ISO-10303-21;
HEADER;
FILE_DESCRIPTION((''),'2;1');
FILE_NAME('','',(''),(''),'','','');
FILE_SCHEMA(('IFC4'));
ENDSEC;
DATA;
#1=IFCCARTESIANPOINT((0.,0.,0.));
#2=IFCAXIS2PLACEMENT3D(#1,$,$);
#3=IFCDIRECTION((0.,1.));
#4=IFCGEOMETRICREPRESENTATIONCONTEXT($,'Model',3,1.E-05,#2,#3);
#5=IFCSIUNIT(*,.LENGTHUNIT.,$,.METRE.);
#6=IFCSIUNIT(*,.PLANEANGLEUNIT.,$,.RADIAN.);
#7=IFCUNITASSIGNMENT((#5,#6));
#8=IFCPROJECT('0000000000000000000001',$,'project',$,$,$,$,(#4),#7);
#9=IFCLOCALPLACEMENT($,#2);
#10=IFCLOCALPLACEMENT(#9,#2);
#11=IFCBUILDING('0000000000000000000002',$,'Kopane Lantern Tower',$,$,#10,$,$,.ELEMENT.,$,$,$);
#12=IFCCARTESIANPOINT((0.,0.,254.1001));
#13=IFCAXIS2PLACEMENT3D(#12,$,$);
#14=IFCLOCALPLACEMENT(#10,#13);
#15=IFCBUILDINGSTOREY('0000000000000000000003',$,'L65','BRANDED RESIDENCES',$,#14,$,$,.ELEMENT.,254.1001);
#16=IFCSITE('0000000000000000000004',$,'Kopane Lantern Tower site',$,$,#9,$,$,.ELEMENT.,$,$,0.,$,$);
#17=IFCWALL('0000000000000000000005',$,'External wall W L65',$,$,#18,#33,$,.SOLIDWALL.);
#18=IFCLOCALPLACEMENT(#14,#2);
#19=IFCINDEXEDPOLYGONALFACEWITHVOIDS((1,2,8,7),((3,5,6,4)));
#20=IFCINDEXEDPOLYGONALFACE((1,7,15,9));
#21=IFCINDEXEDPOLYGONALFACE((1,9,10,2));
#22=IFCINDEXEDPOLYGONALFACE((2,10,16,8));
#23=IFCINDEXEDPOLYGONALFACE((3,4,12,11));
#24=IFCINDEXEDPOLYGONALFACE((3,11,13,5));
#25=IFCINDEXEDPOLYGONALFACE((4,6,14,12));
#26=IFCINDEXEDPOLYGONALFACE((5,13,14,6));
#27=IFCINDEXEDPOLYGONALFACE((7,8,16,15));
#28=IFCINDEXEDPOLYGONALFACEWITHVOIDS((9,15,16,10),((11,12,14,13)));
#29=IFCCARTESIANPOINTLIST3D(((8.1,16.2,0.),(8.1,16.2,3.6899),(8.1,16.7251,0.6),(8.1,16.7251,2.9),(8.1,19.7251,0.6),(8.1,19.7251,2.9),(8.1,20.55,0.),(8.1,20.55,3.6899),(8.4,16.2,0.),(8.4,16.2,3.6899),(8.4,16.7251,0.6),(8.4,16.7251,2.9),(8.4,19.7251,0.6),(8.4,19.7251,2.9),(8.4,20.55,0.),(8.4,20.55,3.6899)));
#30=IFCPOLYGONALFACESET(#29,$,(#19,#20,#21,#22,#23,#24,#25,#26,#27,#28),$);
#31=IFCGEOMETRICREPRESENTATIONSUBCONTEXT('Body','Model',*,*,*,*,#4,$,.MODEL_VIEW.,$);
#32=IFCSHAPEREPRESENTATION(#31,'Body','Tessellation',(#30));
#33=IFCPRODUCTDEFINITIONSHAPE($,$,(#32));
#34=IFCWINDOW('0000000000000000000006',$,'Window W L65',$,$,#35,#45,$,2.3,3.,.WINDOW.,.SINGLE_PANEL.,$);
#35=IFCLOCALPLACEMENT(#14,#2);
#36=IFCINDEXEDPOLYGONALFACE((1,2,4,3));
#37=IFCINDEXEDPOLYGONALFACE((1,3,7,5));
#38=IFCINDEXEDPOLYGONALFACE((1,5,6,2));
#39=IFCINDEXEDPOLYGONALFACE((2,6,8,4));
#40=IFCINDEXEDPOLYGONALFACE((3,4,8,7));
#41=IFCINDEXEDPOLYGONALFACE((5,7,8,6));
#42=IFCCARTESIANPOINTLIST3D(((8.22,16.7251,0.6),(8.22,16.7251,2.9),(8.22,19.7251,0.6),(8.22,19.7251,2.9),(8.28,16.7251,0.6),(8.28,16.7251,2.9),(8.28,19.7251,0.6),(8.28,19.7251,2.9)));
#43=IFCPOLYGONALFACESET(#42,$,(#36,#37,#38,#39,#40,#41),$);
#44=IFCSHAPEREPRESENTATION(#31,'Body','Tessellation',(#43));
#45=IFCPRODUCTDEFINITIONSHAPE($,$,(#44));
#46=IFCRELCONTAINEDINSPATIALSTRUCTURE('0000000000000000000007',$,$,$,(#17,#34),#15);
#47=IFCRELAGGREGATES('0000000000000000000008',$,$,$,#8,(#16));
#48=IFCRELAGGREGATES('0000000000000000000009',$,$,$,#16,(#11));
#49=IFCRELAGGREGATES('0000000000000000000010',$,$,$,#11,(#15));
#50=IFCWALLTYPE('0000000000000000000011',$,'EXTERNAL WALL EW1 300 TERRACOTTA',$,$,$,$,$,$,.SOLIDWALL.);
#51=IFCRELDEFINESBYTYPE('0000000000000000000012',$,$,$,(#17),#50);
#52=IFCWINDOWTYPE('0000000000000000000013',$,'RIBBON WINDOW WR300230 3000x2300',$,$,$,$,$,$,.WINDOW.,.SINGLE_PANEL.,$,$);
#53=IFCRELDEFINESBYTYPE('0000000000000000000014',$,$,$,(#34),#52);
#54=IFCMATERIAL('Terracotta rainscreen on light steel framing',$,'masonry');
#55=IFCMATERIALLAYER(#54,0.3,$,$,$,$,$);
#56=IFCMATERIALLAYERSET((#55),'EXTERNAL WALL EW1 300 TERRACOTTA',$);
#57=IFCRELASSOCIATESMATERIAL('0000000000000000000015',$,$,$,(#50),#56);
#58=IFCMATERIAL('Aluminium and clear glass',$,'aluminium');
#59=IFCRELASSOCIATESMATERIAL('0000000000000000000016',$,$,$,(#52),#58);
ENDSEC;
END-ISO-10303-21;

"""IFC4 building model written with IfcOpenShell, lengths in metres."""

from ifc_helpers import new_model, si_unit, direction, frame, frame_2d, origin, place, context, subcontext, project, spatial, rectangle, extrude, material, layer, layer_set, type_object, element, fill, save


model = new_model("IFC4")

# Units and contexts
model_context = context("Model", 3, precision=1e-05, world=origin(), true_north=direction((0.0, 1.0)))
body_context = subcontext(model_context, "Body", "Model", "MODEL_VIEW")
ifc_project = project(units=[si_unit("LENGTHUNIT", "METRE"), si_unit("PLANEANGLEUNIT", "RADIAN")], contexts=[model_context])

# Site, building, storey
site_placement = place(None, origin())
site = spatial("IfcSite", under=ifc_project, at=site_placement, Name="Kopane Lantern Tower site", CompositionType="ELEMENT", RefElevation=0.0)
building_placement = place(site_placement, origin())
building = spatial("IfcBuilding", under=site, at=building_placement, Name="Kopane Lantern Tower", CompositionType="ELEMENT")
storey_placement = place(building_placement, frame((0.0, 0.0, 254.1001)))
storey = spatial("IfcBuildingStorey", under=building, at=storey_placement, Name="L65", Description="BRANDED RESIDENCES", CompositionType="ELEMENT", Elevation=254.1001)

# Shared definitions
ifc_material_1 = material(Name="Terracotta rainscreen on light steel framing", Category="masonry")
ifc_layer_1 = layer(ifc_material_1, 0.3)
ifc_layer_set_1 = layer_set([ifc_layer_1], Name="EXTERNAL WALL EW1 300 TERRACOTTA")
wall_type_1 = type_object("IfcWallType", Name="EXTERNAL WALL EW1 300 TERRACOTTA", PredefinedType="SOLIDWALL", material=ifc_layer_set_1)

# Wall, opening, window
wall_1_placement = place(storey_placement, frame((8.25, 20.55, 0.0), z_axis=(0.0, 0.0, 1.0), x_axis=(0.0, -1.0, 0.0)))
wall_1 = element("IfcWall", 1, at=wall_1_placement, inside=storey, type_object=wall_type_1, Name="External wall W L65", PredefinedType="SOLIDWALL", context=body_context, shape_type="SweptSolid", body=[
    extrude(rectangle(XDim=4.3501, YDim=0.3, at=frame_2d((2.175, 0.0))), origin(), (0.0, 0.0, 1.0), 3.6899),
])
opening_1_placement = place(wall_1_placement, frame((0.825, 0.0, 0.6001)))
opening_1 = element("IfcOpeningElement", 2, at=opening_1_placement, cuts=wall_1, PredefinedType="OPENING", context=body_context, shape_type="SweptSolid", body=[
    extrude(rectangle(XDim=3.0, YDim=2.3, at=frame_2d((1.5, 1.1499))), frame((0.0, 0.1599, 0.0), z_axis=(0.0, -1.0, 0.0), x_axis=(1.0, 0.0, 0.0)), (0.0, 0.0, 1.0), 0.3201),
])
ifc_material_2 = material(Name="Aluminium and clear glass", Category="aluminium")
window_type_1 = type_object("IfcWindowType", Name="RIBBON WINDOW WR300230 3000x2300", PartitioningType="SINGLE_PANEL", PredefinedType="WINDOW", material=ifc_material_2)
window_1_placement = place(opening_1_placement, origin())
window_1 = element("IfcWindow", 3, at=window_1_placement, inside=storey, type_object=window_type_1, Name="Window W L65", OverallHeight=2.3, OverallWidth=3.0, PartitioningType="SINGLE_PANEL", PredefinedType="WINDOW", context=body_context, shape_type="SweptSolid", body=[
    extrude(rectangle(XDim=3.0, YDim=2.3, at=frame_2d((1.5, 1.1499))), frame((0.0, 0.03, 0.0), z_axis=(0.0, -1.0, 0.0), x_axis=(1.0, 0.0, 0.0)), (0.0, 0.0, 1.0), 0.0601),
])
fill(opening_1, window_1)

save(model, "model.ifc")
